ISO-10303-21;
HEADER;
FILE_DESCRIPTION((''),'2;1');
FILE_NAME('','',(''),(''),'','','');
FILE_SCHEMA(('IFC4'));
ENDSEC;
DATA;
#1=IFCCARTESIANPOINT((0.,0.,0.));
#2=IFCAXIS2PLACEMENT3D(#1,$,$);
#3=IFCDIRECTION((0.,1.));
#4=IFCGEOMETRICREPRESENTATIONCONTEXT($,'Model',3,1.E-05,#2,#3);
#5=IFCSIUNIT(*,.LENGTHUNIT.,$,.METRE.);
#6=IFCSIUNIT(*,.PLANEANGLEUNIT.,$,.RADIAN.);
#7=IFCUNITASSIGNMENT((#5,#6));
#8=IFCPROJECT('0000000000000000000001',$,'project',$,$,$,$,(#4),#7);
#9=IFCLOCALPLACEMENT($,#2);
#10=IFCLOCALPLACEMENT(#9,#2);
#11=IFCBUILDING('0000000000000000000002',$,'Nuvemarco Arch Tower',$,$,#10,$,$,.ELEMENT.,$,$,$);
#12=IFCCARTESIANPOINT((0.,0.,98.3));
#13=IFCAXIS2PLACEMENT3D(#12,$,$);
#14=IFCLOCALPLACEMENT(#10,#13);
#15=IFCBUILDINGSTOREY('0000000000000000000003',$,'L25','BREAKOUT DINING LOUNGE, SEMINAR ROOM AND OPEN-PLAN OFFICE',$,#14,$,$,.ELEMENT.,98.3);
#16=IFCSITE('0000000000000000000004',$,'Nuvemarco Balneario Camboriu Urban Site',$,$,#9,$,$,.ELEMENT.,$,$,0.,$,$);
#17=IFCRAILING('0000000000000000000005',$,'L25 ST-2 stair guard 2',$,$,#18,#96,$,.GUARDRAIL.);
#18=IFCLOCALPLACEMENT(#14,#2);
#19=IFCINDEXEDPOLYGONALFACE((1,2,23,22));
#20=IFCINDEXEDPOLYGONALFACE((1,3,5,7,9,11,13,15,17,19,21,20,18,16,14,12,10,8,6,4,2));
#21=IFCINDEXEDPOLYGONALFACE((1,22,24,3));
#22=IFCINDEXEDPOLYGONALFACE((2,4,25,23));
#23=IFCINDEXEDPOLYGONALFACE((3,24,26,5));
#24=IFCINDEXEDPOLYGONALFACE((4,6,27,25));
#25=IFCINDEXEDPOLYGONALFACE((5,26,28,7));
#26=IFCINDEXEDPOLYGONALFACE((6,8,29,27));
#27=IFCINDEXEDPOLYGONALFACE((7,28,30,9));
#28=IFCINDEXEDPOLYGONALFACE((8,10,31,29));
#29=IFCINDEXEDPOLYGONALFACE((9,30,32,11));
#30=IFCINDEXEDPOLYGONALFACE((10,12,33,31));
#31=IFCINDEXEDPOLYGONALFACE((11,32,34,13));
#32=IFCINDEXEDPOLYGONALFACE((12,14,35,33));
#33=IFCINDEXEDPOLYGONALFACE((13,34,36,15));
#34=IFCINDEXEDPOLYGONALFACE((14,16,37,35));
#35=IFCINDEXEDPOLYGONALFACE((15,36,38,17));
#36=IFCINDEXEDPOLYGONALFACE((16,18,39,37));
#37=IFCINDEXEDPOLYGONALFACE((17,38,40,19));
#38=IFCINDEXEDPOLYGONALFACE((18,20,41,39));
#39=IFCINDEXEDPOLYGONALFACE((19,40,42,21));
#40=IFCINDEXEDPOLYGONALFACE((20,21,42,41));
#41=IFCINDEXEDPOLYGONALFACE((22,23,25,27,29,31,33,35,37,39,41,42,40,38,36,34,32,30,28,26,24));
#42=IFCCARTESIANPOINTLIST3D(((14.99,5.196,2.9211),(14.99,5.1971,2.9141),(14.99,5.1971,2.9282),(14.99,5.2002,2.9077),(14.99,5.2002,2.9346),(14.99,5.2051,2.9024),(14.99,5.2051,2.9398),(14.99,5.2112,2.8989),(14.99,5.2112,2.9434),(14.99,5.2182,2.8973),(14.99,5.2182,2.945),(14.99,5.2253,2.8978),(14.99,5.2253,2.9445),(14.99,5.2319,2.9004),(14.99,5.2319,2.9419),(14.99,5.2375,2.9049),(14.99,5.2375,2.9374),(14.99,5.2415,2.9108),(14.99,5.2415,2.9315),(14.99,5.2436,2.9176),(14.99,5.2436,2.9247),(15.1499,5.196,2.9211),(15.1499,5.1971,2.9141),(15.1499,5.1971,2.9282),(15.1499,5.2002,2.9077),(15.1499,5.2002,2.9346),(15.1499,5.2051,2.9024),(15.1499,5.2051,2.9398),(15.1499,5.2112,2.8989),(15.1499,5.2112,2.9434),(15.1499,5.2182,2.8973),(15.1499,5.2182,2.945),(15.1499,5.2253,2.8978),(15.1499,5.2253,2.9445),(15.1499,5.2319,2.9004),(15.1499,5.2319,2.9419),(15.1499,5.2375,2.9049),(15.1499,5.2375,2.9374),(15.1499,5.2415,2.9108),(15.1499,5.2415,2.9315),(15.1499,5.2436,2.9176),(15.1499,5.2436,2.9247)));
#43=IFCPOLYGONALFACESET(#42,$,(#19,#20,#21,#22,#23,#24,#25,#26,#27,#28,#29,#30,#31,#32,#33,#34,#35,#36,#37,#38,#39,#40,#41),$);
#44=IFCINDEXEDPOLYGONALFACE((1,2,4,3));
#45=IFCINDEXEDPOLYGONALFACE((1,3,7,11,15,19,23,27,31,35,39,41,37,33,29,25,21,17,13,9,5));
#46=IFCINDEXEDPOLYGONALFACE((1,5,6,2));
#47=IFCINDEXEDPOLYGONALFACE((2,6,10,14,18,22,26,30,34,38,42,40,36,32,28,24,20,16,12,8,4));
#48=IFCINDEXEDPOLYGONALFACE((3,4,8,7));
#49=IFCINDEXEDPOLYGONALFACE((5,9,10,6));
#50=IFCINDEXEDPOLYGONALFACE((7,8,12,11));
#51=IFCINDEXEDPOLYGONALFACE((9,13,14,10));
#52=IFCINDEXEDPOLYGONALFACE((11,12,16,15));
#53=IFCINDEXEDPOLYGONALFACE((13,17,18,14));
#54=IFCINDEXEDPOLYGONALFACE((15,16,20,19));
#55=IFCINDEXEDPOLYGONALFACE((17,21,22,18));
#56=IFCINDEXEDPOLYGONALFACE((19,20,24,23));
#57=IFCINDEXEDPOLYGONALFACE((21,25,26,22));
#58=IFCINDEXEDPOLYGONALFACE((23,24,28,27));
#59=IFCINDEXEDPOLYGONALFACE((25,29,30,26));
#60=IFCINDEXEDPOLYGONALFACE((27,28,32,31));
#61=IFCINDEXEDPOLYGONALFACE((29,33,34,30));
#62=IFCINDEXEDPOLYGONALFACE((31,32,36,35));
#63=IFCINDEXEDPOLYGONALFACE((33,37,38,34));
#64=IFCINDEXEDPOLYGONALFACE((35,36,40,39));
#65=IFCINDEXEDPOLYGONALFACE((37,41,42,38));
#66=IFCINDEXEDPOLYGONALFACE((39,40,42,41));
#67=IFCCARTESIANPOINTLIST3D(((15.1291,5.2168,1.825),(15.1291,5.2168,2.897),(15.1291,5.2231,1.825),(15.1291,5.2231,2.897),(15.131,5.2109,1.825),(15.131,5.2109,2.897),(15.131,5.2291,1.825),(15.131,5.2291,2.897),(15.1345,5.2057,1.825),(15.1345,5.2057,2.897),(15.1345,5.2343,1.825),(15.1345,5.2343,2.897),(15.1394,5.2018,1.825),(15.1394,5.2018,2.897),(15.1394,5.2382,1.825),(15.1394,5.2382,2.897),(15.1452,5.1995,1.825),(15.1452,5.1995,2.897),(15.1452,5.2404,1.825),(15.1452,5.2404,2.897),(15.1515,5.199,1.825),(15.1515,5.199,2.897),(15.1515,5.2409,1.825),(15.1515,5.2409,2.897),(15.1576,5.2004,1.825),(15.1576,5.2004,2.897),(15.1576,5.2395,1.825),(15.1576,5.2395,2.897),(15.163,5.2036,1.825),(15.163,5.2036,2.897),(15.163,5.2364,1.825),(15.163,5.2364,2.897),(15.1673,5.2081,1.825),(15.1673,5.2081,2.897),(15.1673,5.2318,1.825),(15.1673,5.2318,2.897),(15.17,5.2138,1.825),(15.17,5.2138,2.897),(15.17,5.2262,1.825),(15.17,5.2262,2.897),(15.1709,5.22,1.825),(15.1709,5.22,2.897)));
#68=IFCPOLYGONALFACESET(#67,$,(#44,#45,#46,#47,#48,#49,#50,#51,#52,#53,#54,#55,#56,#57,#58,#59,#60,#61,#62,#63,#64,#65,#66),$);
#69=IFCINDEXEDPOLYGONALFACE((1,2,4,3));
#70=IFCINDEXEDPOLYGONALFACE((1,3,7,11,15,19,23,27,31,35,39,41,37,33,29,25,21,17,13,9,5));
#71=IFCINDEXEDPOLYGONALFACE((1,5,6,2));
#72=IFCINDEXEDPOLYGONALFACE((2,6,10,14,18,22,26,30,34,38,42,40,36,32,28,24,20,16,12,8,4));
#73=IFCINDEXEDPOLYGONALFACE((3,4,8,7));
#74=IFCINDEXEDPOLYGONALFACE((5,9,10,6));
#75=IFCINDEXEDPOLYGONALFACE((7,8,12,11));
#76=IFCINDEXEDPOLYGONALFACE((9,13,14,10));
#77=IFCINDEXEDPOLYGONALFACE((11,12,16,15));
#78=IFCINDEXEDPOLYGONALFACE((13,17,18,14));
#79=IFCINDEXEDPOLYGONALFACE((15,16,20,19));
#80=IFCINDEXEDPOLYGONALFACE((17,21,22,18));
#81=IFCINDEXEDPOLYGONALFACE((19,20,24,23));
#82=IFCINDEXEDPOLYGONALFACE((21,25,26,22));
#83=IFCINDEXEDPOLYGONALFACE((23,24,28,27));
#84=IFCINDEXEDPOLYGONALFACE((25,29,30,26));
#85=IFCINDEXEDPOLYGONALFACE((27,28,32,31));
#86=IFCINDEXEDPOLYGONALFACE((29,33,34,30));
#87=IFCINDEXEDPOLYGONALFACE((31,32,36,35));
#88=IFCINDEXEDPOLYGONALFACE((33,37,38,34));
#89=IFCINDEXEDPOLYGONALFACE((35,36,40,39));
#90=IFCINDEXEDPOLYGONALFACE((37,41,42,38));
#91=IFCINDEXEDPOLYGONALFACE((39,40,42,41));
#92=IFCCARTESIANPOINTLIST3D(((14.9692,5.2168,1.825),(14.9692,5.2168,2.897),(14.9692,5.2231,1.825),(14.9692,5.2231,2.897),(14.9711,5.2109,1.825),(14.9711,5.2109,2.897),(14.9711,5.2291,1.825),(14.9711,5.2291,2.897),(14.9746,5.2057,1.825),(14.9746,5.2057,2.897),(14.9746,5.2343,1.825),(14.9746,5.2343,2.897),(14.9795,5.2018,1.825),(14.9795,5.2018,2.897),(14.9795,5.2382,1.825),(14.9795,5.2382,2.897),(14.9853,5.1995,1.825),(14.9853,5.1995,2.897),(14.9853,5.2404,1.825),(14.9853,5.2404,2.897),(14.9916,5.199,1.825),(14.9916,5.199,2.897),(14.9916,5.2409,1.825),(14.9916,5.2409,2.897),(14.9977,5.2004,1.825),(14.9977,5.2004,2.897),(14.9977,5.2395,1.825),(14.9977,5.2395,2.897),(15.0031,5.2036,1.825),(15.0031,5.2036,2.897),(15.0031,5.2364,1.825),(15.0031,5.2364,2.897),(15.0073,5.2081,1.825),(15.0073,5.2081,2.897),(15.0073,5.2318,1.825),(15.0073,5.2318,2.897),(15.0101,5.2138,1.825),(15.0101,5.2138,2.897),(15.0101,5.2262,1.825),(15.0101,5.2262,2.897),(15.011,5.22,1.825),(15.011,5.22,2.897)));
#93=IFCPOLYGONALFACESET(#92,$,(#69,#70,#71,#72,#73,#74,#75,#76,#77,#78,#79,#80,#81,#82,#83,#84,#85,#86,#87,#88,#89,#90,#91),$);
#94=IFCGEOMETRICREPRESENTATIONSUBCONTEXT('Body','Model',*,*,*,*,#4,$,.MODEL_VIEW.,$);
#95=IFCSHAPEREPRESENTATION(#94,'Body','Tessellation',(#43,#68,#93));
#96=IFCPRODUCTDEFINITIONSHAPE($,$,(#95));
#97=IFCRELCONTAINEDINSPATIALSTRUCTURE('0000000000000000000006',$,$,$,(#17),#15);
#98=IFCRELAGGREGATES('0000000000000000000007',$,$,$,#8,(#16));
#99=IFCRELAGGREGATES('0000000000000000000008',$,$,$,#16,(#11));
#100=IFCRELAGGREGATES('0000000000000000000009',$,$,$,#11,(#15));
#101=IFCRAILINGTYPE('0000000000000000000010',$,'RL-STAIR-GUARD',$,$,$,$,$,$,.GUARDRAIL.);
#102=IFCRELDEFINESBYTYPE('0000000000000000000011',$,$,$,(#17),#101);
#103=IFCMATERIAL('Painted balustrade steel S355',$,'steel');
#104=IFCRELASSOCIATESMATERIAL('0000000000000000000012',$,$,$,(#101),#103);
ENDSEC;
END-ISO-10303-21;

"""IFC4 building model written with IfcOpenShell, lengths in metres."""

from ifc_helpers import new_model, si_unit, direction, frame, origin, origin_2d, place, context, subcontext, project, spatial, circle, extrude, material, type_object, element, save


model = new_model("IFC4")

# Units and contexts
model_context = context("Model", 3, precision=1e-05, world=origin(), true_north=direction((0.0, 1.0)))
body_context = subcontext(model_context, "Body", "Model", "MODEL_VIEW")
ifc_project = project(units=[si_unit("LENGTHUNIT", "METRE"), si_unit("PLANEANGLEUNIT", "RADIAN")], contexts=[model_context])

# Site, building, storey
site_placement = place(None, origin())
site = spatial("IfcSite", under=ifc_project, at=site_placement, Name="Nuvemarco Balneario Camboriu Urban Site", CompositionType="ELEMENT", RefElevation=0.0)
building_placement = place(site_placement, origin())
building = spatial("IfcBuilding", under=site, at=building_placement, Name="Nuvemarco Arch Tower", CompositionType="ELEMENT")
storey_placement = place(building_placement, frame((0.0, 0.0, 98.3)))
storey = spatial("IfcBuildingStorey", under=building, at=storey_placement, Name="L25", Description="BREAKOUT DINING LOUNGE, SEMINAR ROOM AND OPEN-PLAN OFFICE", CompositionType="ELEMENT", Elevation=98.3)

# Railing
ifc_material_1 = material(Name="Painted balustrade steel S355", Category="steel")
railing_type_1 = type_object("IfcRailingType", Name="RL-STAIR-GUARD", PredefinedType="GUARDRAIL", material=ifc_material_1)
railing_1_placement = place(storey_placement, frame((15.1499, 5.22, 1.825)))
element("IfcRailing", 1, at=railing_1_placement, inside=storey, type_object=railing_type_1, Name="L25 ST-2 stair guard 2", PredefinedType="GUARDRAIL", context=body_context, shape_type="SweptSolid", body=[
    extrude(circle(Radius=0.0239, at=origin_2d()), frame((0.0, 0.0, 1.0962), z_axis=(-1.0, 0.0, 0.0), x_axis=(0.0, -1.0, 0.0)), (0.0, 0.0, 1.0), 0.1599),
    extrude(circle(Radius=0.021, at=origin_2d()), origin(), (0.0, 0.0, 1.0), 1.072),
    extrude(circle(Radius=0.021, at=origin_2d()), frame((-0.1599, 0.0, 0.0)), (0.0, 0.0, 1.0), 1.072),
])

save(model, "model.ifc")
